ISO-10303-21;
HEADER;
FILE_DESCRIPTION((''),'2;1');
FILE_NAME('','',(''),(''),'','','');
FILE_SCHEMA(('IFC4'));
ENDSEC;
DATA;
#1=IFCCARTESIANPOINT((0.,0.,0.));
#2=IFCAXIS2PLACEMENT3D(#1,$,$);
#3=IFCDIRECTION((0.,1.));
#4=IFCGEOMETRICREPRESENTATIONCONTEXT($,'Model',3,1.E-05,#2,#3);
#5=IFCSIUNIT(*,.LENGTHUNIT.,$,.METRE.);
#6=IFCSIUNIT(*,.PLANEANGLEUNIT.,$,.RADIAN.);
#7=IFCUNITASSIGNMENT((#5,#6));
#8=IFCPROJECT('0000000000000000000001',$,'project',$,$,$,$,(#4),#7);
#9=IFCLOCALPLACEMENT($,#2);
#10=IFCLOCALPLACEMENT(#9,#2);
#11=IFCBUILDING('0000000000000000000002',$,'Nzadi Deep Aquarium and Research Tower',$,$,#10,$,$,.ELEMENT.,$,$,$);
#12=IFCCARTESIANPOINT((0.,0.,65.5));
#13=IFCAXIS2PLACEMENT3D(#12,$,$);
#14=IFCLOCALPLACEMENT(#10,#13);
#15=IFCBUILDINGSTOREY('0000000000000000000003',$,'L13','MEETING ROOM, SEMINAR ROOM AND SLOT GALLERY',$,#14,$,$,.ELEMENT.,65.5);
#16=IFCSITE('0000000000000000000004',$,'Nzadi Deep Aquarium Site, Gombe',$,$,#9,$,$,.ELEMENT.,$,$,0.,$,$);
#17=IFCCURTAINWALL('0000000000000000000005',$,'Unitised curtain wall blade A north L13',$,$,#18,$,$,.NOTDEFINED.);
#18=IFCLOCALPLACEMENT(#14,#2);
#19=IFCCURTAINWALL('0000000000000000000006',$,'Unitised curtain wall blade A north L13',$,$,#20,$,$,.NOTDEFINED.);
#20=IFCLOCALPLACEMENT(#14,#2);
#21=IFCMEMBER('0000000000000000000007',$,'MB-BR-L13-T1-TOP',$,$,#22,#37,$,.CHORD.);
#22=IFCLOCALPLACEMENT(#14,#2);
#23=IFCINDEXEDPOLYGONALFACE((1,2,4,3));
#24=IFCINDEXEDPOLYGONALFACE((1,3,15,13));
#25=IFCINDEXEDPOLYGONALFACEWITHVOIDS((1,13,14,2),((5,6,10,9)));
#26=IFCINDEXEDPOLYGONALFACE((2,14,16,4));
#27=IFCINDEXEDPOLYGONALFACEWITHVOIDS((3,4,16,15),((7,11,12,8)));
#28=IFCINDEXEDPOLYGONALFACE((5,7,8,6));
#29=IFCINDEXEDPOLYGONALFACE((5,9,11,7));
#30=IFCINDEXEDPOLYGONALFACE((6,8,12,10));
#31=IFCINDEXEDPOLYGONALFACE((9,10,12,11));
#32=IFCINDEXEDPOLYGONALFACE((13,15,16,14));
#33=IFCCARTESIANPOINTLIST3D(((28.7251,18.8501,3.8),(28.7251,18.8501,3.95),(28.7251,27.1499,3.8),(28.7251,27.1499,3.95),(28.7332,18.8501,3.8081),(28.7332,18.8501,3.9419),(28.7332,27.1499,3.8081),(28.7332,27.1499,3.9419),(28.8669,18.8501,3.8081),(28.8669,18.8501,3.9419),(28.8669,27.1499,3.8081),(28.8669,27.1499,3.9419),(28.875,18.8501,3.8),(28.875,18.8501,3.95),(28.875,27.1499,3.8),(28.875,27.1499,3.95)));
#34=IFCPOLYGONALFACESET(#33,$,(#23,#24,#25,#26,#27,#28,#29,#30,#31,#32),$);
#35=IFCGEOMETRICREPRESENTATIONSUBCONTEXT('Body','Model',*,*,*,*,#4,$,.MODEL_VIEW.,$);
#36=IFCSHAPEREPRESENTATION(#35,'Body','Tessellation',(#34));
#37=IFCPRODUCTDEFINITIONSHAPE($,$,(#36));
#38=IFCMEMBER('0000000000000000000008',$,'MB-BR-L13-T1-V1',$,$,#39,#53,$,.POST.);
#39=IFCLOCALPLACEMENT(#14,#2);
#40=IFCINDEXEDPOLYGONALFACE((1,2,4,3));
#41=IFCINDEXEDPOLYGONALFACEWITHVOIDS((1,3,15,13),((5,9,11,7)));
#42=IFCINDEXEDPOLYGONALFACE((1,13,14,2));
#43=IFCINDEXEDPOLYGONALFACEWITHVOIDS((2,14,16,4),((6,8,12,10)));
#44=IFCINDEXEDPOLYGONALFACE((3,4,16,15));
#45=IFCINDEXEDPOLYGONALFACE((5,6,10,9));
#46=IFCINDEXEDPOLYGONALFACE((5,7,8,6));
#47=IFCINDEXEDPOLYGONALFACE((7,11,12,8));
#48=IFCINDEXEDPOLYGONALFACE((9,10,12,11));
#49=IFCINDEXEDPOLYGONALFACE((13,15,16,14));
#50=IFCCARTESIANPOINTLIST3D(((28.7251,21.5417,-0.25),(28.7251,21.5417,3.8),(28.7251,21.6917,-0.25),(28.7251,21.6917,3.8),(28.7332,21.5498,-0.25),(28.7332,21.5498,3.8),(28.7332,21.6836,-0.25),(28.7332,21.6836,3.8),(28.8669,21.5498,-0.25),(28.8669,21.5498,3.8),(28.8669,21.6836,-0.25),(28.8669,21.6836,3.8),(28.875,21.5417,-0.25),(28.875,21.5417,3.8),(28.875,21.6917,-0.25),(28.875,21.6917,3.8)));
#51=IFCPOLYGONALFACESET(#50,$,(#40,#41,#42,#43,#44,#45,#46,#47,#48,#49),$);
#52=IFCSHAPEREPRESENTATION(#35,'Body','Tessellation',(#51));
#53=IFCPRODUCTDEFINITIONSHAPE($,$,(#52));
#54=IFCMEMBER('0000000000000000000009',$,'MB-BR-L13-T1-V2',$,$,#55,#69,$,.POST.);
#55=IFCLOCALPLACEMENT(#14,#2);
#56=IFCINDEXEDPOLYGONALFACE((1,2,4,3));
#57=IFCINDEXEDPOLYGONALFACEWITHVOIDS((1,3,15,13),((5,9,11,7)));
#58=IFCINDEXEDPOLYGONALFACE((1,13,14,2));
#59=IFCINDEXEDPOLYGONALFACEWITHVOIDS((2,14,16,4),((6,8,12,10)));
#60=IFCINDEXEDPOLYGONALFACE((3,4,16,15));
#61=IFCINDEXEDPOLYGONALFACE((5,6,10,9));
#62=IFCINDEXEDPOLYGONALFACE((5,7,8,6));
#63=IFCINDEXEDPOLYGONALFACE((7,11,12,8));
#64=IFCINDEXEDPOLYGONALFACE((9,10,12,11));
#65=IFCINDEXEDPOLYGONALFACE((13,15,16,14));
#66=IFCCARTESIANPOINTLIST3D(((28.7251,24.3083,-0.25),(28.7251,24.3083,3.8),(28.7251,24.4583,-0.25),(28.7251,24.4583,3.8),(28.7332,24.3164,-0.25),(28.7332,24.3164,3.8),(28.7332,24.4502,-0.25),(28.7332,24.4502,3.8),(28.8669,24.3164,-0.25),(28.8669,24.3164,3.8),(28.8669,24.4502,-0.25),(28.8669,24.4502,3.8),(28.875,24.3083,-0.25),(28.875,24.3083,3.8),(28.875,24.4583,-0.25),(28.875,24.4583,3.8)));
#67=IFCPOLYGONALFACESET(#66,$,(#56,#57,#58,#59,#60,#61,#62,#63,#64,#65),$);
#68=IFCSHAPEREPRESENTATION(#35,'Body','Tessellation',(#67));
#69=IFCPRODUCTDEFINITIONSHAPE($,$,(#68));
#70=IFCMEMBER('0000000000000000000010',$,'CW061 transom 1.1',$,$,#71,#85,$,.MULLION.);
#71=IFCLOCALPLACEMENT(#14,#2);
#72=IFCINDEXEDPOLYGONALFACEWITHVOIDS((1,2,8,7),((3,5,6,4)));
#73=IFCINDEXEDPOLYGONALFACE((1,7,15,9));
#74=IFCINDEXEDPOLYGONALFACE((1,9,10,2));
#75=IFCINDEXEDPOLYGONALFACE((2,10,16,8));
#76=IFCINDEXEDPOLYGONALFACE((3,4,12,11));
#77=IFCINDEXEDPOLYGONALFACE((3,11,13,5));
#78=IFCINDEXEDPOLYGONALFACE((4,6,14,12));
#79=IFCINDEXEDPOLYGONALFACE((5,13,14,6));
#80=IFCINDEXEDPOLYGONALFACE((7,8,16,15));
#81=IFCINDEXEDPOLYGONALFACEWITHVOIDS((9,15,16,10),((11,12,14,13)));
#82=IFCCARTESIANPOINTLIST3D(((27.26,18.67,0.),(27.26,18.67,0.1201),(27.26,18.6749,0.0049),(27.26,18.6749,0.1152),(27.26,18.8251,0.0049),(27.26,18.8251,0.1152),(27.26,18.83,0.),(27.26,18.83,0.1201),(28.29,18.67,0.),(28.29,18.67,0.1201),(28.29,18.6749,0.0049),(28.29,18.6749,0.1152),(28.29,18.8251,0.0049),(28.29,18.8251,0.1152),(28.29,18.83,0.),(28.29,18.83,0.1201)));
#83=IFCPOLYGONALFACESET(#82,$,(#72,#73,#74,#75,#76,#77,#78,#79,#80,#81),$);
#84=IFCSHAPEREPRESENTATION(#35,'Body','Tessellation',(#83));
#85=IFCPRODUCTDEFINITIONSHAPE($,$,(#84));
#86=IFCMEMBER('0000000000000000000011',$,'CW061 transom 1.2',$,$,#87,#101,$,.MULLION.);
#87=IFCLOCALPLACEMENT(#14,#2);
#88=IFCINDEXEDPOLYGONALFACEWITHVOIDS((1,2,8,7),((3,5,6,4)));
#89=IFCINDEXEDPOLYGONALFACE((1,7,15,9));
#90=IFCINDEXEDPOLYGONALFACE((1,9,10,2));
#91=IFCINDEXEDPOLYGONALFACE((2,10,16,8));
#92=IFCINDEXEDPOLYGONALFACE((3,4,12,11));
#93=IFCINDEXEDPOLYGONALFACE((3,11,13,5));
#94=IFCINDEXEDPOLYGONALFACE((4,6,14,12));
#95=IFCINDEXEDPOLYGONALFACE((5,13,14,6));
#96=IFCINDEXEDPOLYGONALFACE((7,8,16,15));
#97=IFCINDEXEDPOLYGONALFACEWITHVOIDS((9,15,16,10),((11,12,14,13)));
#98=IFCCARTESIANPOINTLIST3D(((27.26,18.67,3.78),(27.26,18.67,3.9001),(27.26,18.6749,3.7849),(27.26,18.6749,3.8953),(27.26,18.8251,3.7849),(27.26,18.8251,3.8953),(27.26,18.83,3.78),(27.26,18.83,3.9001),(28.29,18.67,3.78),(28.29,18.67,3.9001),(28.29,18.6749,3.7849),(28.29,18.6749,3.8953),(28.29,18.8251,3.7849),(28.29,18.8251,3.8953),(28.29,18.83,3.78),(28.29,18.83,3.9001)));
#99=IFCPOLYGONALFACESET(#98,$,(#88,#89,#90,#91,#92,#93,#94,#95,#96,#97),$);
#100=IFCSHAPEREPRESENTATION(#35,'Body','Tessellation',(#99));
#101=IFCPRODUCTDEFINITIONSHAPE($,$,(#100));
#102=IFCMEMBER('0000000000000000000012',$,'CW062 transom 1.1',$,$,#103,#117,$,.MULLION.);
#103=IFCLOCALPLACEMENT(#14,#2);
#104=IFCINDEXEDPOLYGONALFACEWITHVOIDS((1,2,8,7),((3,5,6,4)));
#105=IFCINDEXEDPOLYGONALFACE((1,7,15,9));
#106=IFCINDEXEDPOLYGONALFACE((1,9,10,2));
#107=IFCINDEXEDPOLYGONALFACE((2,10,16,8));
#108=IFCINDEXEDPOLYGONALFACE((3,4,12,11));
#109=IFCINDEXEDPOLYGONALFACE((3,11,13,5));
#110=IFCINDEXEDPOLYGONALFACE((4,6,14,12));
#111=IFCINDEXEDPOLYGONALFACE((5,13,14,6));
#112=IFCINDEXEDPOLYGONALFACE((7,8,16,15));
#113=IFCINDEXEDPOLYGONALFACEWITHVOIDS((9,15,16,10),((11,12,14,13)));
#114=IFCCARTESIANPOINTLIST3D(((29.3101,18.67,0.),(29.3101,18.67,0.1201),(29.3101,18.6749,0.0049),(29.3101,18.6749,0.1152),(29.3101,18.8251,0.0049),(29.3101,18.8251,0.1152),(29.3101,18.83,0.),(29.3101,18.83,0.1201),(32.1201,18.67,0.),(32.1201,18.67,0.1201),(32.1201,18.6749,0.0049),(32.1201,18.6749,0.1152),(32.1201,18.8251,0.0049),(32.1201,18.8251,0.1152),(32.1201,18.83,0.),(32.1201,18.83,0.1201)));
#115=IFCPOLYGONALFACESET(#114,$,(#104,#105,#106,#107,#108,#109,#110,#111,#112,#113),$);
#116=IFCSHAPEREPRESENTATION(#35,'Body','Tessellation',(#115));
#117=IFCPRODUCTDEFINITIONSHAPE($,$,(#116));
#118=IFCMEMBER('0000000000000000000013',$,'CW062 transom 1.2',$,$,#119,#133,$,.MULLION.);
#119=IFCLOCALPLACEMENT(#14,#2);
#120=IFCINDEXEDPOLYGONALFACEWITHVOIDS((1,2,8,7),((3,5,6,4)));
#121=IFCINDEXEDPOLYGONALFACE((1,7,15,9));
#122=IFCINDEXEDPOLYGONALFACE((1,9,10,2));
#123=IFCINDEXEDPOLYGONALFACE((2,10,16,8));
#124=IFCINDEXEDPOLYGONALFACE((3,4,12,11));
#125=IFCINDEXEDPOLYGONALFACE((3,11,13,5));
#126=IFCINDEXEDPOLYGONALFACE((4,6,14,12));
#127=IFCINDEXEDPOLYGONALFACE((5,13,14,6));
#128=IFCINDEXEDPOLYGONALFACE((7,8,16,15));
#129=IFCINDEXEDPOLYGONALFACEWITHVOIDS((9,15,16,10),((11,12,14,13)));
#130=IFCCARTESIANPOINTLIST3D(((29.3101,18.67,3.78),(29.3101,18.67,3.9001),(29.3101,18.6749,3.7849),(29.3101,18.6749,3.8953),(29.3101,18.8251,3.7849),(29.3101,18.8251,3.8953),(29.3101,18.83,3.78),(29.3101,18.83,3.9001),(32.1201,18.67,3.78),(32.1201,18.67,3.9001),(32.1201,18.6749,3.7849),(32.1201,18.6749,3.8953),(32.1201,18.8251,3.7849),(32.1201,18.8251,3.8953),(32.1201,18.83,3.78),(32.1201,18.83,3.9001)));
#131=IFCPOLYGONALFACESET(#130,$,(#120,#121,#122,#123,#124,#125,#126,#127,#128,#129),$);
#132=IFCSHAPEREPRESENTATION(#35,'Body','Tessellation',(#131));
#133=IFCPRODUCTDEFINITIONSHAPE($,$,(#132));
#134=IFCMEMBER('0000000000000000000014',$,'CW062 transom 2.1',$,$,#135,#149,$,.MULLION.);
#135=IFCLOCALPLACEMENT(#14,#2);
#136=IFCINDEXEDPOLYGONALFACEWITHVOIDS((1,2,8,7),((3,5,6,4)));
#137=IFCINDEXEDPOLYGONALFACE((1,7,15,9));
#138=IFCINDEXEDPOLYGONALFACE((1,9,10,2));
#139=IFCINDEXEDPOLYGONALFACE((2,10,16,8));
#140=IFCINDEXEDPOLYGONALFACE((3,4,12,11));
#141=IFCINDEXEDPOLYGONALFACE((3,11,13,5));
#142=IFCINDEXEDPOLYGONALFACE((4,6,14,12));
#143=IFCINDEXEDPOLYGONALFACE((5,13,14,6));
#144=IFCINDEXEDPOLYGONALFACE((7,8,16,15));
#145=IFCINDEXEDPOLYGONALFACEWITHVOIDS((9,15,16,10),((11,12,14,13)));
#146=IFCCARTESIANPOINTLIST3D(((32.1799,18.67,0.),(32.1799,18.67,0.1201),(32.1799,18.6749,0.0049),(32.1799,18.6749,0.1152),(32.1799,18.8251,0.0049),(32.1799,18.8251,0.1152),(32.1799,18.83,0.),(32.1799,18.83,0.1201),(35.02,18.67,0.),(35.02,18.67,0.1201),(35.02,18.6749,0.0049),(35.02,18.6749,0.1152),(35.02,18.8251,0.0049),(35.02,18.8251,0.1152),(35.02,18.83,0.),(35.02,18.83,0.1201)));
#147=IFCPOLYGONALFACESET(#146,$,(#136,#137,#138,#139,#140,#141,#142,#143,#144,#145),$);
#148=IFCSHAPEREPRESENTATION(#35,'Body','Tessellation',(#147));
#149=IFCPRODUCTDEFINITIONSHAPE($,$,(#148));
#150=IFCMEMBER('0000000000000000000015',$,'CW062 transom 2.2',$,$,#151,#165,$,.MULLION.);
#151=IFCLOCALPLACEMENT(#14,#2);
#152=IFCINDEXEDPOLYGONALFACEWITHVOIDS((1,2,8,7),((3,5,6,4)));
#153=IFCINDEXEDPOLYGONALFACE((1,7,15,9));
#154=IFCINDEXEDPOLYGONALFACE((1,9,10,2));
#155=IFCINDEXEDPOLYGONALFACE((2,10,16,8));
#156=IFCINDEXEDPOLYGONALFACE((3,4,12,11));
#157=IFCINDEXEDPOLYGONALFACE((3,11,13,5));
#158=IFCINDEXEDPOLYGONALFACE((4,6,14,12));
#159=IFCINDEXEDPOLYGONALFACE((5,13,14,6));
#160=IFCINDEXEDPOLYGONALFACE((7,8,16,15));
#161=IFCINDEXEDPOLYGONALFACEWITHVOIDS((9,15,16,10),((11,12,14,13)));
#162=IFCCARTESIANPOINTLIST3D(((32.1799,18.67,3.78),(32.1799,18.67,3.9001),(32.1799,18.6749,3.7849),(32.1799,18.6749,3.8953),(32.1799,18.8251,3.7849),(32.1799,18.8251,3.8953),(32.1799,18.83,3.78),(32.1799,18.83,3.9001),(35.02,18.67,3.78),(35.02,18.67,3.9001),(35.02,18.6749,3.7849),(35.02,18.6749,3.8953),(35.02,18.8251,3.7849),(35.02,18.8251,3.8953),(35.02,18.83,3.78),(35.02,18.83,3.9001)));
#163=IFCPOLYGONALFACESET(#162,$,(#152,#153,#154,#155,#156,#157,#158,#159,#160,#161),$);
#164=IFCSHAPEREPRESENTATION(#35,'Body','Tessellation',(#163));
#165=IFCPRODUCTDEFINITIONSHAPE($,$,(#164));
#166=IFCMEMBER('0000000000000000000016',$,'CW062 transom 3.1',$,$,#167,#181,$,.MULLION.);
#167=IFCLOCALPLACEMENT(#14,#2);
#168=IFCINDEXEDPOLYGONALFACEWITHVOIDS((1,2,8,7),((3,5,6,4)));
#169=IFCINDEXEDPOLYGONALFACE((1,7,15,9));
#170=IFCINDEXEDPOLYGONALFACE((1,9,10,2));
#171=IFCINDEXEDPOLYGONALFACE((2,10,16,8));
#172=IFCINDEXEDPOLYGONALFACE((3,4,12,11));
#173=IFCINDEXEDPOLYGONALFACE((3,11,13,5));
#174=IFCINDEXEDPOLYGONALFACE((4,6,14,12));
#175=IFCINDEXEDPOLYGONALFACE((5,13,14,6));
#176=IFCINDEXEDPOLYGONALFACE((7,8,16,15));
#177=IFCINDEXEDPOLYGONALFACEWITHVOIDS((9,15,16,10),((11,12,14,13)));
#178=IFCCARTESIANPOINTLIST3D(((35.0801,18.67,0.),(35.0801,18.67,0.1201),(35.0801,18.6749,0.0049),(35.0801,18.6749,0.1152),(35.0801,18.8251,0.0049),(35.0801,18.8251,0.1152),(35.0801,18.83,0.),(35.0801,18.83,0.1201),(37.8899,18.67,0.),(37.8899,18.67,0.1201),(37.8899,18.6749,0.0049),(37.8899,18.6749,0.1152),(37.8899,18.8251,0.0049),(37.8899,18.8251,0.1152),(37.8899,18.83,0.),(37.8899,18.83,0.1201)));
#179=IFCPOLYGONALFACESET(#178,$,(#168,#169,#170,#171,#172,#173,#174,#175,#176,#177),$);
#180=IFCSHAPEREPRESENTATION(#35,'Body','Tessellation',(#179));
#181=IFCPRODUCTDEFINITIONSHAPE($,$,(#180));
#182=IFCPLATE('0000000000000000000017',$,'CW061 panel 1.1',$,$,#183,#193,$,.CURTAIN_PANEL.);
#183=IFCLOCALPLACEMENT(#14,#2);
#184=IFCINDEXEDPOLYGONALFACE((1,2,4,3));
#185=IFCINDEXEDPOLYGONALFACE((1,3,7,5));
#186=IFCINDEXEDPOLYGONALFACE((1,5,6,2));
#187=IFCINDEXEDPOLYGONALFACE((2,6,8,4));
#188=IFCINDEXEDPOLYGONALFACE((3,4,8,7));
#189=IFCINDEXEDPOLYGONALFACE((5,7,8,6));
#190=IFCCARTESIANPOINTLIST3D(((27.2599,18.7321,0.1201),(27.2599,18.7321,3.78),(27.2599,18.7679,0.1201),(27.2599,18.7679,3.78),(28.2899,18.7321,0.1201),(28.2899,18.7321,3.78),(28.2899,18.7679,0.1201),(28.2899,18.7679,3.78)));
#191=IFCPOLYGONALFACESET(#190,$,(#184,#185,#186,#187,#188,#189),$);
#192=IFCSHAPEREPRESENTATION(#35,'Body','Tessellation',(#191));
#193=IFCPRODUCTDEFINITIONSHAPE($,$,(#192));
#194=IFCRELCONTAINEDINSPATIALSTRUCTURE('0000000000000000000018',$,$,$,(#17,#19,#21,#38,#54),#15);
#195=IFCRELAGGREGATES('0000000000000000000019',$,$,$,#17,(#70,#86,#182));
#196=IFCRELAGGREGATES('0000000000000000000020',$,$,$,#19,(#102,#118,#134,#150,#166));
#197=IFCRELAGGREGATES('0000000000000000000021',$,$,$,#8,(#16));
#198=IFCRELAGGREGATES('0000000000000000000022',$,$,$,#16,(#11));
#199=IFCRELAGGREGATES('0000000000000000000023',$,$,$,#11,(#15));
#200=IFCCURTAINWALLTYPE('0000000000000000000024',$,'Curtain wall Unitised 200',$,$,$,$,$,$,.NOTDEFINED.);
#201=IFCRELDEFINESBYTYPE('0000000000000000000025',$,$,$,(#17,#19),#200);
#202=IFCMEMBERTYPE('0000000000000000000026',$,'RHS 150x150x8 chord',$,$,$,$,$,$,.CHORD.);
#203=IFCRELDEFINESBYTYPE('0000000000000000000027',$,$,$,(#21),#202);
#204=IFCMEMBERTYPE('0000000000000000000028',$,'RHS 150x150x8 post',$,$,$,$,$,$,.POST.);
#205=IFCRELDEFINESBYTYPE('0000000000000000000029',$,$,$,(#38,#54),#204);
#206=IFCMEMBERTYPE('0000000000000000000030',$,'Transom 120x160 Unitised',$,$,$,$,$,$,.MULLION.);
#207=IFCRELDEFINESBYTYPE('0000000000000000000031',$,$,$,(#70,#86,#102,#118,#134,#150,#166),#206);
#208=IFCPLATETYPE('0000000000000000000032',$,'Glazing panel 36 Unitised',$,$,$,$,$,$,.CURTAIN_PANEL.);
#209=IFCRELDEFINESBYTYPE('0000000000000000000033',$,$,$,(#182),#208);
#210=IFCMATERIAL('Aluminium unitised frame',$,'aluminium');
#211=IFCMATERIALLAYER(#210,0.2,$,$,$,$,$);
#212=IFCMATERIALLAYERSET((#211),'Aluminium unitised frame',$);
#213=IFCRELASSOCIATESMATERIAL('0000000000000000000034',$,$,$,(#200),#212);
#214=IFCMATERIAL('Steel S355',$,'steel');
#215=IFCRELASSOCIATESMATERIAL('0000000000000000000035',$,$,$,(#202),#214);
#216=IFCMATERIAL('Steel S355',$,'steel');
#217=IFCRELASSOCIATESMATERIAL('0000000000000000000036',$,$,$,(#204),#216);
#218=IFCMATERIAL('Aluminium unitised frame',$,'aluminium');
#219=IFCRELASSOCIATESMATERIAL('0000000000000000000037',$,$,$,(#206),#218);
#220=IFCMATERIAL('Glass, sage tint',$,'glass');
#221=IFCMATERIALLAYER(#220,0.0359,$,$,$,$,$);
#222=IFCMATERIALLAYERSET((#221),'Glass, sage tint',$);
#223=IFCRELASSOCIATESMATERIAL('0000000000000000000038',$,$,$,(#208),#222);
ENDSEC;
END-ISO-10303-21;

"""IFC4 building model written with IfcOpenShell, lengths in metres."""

from ifc_helpers import new_model, si_unit, direction, frame, origin, origin_2d, place, context, subcontext, project, spatial, rectangle, hollow_rectangle, extrude, material, layer, layer_set, material_profile, profile_set, type_object, element, aggregate, save


model = new_model("IFC4")

# Units and contexts
model_context = context("Model", 3, precision=1e-05, world=origin(), true_north=direction((0.0, 1.0)))
body_context = subcontext(model_context, "Body", "Model", "MODEL_VIEW")
ifc_project = project(units=[si_unit("LENGTHUNIT", "METRE"), si_unit("PLANEANGLEUNIT", "RADIAN")], contexts=[model_context])

# Site, building, storey
site_placement = place(None, origin())
site = spatial("IfcSite", under=ifc_project, at=site_placement, Name="Nzadi Deep Aquarium Site, Gombe", CompositionType="ELEMENT", RefElevation=0.0)
building_placement = place(site_placement, origin())
building = spatial("IfcBuilding", under=site, at=building_placement, Name="Nzadi Deep Aquarium and Research Tower", CompositionType="ELEMENT")
storey_placement = place(building_placement, frame((0.0, 0.0, 65.5)))
storey = spatial("IfcBuildingStorey", under=building, at=storey_placement, Name="L13", Description="MEETING ROOM, SEMINAR ROOM AND SLOT GALLERY", CompositionType="ELEMENT", Elevation=65.5)

# Curtain walls
ifc_material_1 = material(Name="Aluminium unitised frame", Category="aluminium")
ifc_layer_1 = layer(ifc_material_1, 0.2)
ifc_layer_set_1 = layer_set([ifc_layer_1], Name="Aluminium unitised frame")
curtain_wall_type = type_object("IfcCurtainWallType", Name="Curtain wall Unitised 200", PredefinedType="NOTDEFINED", material=ifc_layer_set_1)
curtain_wall_1_placement = place(storey_placement, origin())
curtain_wall_1 = element("IfcCurtainWall", 1, at=curtain_wall_1_placement, inside=storey, type_object=curtain_wall_type, Name="Unitised curtain wall blade A north L13", PredefinedType="NOTDEFINED")
curtain_wall_2_placement = place(storey_placement, origin())
curtain_wall_2 = element("IfcCurtainWall", 2, at=curtain_wall_2_placement, inside=storey, type_object=curtain_wall_type, Name="Unitised curtain wall blade A north L13", PredefinedType="NOTDEFINED")

# Members
ifc_material_2 = material(Name="Steel S355", Category="steel")
ifc_material_profile_1 = material_profile(ifc_material_2, hollow_rectangle(XDim=0.1499, YDim=0.1499, WallThickness=0.0081, at=origin_2d()))
ifc_profile_set_1 = profile_set([ifc_material_profile_1], Name="Steel S355")
member_type_1 = type_object("IfcMemberType", Name="RHS 150x150x8 chord", PredefinedType="CHORD", material=ifc_profile_set_1)
for number, where, z_axis, x_axis, name in (
    (3, (28.8, 18.8501, 3.875), (0.0, 1.0, 0.0), (-1.0, 0.0, 0.0), "MB-BR-L13-T1-TOP"),
):
    element("IfcMember", number, at=place(storey_placement, frame(where, z_axis=z_axis, x_axis=x_axis)), inside=storey, type_object=member_type_1, Name=name, PredefinedType="CHORD", context=body_context, shape_type="SweptSolid", body=[
        extrude(hollow_rectangle(XDim=0.1499, YDim=0.1499, WallThickness=0.0081, at=origin_2d()), origin(), (0.0, 0.0, 1.0), 8.2998),
    ])
ifc_material_3 = material(Name="Steel S355", Category="steel")
ifc_material_profile_2 = material_profile(ifc_material_3, hollow_rectangle(XDim=0.1499, YDim=0.1499, WallThickness=0.0081, at=origin_2d()))
ifc_profile_set_2 = profile_set([ifc_material_profile_2], Name="Steel S355")
member_type_2 = type_object("IfcMemberType", Name="RHS 150x150x8 post", PredefinedType="POST", material=ifc_profile_set_2)
for number, where, z_axis, x_axis, name in (
    (4, (28.8, 21.6167, -0.25), (0.0, 0.0, 1.0), (1.0, 0.0, 0.0), "MB-BR-L13-T1-V1"),
    (5, (28.8, 24.3833, -0.25), (0.0, 0.0, 1.0), (1.0, 0.0, 0.0), "MB-BR-L13-T1-V2"),
):
    element("IfcMember", number, at=place(storey_placement, frame(where, z_axis=z_axis, x_axis=x_axis)), inside=storey, type_object=member_type_2, Name=name, PredefinedType="POST", context=body_context, shape_type="SweptSolid", body=[
        extrude(hollow_rectangle(XDim=0.1499, YDim=0.1499, WallThickness=0.0081, at=origin_2d()), origin(), (0.0, 0.0, 1.0), 4.05),
    ])

# Members
ifc_material_4 = material(Name="Aluminium unitised frame", Category="aluminium")
ifc_material_profile_3 = material_profile(ifc_material_4, hollow_rectangle(XDim=0.1599, YDim=0.1201, WallThickness=0.0049, at=origin_2d()))
ifc_profile_set_3 = profile_set([ifc_material_profile_3], Name="Aluminium unitised frame")
member_type_3 = type_object("IfcMemberType", Name="Transom 120x160 Unitised", PredefinedType="MULLION", material=ifc_profile_set_3)
member_1_placement = place(storey_placement, frame((27.26, 18.75, 0.0601), z_axis=(1.0, 0.0, 0.0), x_axis=(0.0, 1.0, 0.0)))
member_1 = element("IfcMember", 6, at=member_1_placement, type_object=member_type_3, Name="CW061 transom 1.1", PredefinedType="MULLION", context=body_context, shape_type="SweptSolid", body=[
    extrude(hollow_rectangle(XDim=0.1599, YDim=0.1201, WallThickness=0.0049, at=origin_2d()), origin(), (0.0, 0.0, 1.0), 1.03),
])
member_2_placement = place(storey_placement, frame((27.26, 18.75, 3.8401), z_axis=(1.0, 0.0, 0.0), x_axis=(0.0, 1.0, 0.0)))
member_2 = element("IfcMember", 7, at=member_2_placement, type_object=member_type_3, Name="CW061 transom 1.2", PredefinedType="MULLION", context=body_context, shape_type="SweptSolid", body=[
    extrude(hollow_rectangle(XDim=0.1599, YDim=0.1201, WallThickness=0.0049, at=origin_2d()), origin(), (0.0, 0.0, 1.0), 1.03),
])
member_3_placement = place(storey_placement, frame((29.3101, 18.75, 0.0601), z_axis=(1.0, 0.0, 0.0), x_axis=(0.0, 1.0, 0.0)))
member_3 = element("IfcMember", 8, at=member_3_placement, type_object=member_type_3, Name="CW062 transom 1.1", PredefinedType="MULLION", context=body_context, shape_type="SweptSolid", body=[
    extrude(hollow_rectangle(XDim=0.1599, YDim=0.1201, WallThickness=0.0049, at=origin_2d()), origin(), (0.0, 0.0, 1.0), 2.8101),
])
member_4_placement = place(storey_placement, frame((29.3101, 18.75, 3.8401), z_axis=(1.0, 0.0, 0.0), x_axis=(0.0, 1.0, 0.0)))
member_4 = element("IfcMember", 9, at=member_4_placement, type_object=member_type_3, Name="CW062 transom 1.2", PredefinedType="MULLION", context=body_context, shape_type="SweptSolid", body=[
    extrude(hollow_rectangle(XDim=0.1599, YDim=0.1201, WallThickness=0.0049, at=origin_2d()), origin(), (0.0, 0.0, 1.0), 2.8101),
])
member_5_placement = place(storey_placement, frame((32.1799, 18.75, 0.0601), z_axis=(1.0, 0.0, 0.0), x_axis=(0.0, 1.0, 0.0)))
member_5 = element("IfcMember", 10, at=member_5_placement, type_object=member_type_3, Name="CW062 transom 2.1", PredefinedType="MULLION", context=body_context, shape_type="SweptSolid", body=[
    extrude(hollow_rectangle(XDim=0.1599, YDim=0.1201, WallThickness=0.0049, at=origin_2d()), origin(), (0.0, 0.0, 1.0), 2.8401),
])
member_6_placement = place(storey_placement, frame((32.1799, 18.75, 3.8401), z_axis=(1.0, 0.0, 0.0), x_axis=(0.0, 1.0, 0.0)))
member_6 = element("IfcMember", 11, at=member_6_placement, type_object=member_type_3, Name="CW062 transom 2.2", PredefinedType="MULLION", context=body_context, shape_type="SweptSolid", body=[
    extrude(hollow_rectangle(XDim=0.1599, YDim=0.1201, WallThickness=0.0049, at=origin_2d()), origin(), (0.0, 0.0, 1.0), 2.8401),
])
member_7_placement = place(storey_placement, frame((35.0801, 18.75, 0.0601), z_axis=(1.0, 0.0, 0.0), x_axis=(0.0, 1.0, 0.0)))
member_7 = element("IfcMember", 12, at=member_7_placement, type_object=member_type_3, Name="CW062 transom 3.1", PredefinedType="MULLION", context=body_context, shape_type="SweptSolid", body=[
    extrude(hollow_rectangle(XDim=0.1599, YDim=0.1201, WallThickness=0.0049, at=origin_2d()), origin(), (0.0, 0.0, 1.0), 2.8098),
])

# Plate
ifc_material_5 = material(Name="Glass, sage tint", Category="glass")
ifc_layer_2 = layer(ifc_material_5, 0.0359)
ifc_layer_set_2 = layer_set([ifc_layer_2], Name="Glass, sage tint")
plate_type = type_object("IfcPlateType", Name="Glazing panel 36 Unitised", PredefinedType="CURTAIN_PANEL", material=ifc_layer_set_2)
plate_1_placement = place(storey_placement, frame((27.7749, 18.75, 0.1201), z_axis=(0.0, 0.0, 1.0), x_axis=(1.0, 0.0, 0.0)))
plate_1 = element("IfcPlate", 13, at=plate_1_placement, type_object=plate_type, Name="CW061 panel 1.1", PredefinedType="CURTAIN_PANEL", context=body_context, shape_type="SweptSolid", body=[
    extrude(rectangle(XDim=1.03, YDim=0.0359, at=origin_2d()), origin(), (0.0, 0.0, 1.0), 3.6599),
])
aggregate(curtain_wall_1, [member_1, member_2, plate_1])
aggregate(curtain_wall_2, [member_3, member_4, member_5, member_6, member_7])

save(model, "model.ifc")
